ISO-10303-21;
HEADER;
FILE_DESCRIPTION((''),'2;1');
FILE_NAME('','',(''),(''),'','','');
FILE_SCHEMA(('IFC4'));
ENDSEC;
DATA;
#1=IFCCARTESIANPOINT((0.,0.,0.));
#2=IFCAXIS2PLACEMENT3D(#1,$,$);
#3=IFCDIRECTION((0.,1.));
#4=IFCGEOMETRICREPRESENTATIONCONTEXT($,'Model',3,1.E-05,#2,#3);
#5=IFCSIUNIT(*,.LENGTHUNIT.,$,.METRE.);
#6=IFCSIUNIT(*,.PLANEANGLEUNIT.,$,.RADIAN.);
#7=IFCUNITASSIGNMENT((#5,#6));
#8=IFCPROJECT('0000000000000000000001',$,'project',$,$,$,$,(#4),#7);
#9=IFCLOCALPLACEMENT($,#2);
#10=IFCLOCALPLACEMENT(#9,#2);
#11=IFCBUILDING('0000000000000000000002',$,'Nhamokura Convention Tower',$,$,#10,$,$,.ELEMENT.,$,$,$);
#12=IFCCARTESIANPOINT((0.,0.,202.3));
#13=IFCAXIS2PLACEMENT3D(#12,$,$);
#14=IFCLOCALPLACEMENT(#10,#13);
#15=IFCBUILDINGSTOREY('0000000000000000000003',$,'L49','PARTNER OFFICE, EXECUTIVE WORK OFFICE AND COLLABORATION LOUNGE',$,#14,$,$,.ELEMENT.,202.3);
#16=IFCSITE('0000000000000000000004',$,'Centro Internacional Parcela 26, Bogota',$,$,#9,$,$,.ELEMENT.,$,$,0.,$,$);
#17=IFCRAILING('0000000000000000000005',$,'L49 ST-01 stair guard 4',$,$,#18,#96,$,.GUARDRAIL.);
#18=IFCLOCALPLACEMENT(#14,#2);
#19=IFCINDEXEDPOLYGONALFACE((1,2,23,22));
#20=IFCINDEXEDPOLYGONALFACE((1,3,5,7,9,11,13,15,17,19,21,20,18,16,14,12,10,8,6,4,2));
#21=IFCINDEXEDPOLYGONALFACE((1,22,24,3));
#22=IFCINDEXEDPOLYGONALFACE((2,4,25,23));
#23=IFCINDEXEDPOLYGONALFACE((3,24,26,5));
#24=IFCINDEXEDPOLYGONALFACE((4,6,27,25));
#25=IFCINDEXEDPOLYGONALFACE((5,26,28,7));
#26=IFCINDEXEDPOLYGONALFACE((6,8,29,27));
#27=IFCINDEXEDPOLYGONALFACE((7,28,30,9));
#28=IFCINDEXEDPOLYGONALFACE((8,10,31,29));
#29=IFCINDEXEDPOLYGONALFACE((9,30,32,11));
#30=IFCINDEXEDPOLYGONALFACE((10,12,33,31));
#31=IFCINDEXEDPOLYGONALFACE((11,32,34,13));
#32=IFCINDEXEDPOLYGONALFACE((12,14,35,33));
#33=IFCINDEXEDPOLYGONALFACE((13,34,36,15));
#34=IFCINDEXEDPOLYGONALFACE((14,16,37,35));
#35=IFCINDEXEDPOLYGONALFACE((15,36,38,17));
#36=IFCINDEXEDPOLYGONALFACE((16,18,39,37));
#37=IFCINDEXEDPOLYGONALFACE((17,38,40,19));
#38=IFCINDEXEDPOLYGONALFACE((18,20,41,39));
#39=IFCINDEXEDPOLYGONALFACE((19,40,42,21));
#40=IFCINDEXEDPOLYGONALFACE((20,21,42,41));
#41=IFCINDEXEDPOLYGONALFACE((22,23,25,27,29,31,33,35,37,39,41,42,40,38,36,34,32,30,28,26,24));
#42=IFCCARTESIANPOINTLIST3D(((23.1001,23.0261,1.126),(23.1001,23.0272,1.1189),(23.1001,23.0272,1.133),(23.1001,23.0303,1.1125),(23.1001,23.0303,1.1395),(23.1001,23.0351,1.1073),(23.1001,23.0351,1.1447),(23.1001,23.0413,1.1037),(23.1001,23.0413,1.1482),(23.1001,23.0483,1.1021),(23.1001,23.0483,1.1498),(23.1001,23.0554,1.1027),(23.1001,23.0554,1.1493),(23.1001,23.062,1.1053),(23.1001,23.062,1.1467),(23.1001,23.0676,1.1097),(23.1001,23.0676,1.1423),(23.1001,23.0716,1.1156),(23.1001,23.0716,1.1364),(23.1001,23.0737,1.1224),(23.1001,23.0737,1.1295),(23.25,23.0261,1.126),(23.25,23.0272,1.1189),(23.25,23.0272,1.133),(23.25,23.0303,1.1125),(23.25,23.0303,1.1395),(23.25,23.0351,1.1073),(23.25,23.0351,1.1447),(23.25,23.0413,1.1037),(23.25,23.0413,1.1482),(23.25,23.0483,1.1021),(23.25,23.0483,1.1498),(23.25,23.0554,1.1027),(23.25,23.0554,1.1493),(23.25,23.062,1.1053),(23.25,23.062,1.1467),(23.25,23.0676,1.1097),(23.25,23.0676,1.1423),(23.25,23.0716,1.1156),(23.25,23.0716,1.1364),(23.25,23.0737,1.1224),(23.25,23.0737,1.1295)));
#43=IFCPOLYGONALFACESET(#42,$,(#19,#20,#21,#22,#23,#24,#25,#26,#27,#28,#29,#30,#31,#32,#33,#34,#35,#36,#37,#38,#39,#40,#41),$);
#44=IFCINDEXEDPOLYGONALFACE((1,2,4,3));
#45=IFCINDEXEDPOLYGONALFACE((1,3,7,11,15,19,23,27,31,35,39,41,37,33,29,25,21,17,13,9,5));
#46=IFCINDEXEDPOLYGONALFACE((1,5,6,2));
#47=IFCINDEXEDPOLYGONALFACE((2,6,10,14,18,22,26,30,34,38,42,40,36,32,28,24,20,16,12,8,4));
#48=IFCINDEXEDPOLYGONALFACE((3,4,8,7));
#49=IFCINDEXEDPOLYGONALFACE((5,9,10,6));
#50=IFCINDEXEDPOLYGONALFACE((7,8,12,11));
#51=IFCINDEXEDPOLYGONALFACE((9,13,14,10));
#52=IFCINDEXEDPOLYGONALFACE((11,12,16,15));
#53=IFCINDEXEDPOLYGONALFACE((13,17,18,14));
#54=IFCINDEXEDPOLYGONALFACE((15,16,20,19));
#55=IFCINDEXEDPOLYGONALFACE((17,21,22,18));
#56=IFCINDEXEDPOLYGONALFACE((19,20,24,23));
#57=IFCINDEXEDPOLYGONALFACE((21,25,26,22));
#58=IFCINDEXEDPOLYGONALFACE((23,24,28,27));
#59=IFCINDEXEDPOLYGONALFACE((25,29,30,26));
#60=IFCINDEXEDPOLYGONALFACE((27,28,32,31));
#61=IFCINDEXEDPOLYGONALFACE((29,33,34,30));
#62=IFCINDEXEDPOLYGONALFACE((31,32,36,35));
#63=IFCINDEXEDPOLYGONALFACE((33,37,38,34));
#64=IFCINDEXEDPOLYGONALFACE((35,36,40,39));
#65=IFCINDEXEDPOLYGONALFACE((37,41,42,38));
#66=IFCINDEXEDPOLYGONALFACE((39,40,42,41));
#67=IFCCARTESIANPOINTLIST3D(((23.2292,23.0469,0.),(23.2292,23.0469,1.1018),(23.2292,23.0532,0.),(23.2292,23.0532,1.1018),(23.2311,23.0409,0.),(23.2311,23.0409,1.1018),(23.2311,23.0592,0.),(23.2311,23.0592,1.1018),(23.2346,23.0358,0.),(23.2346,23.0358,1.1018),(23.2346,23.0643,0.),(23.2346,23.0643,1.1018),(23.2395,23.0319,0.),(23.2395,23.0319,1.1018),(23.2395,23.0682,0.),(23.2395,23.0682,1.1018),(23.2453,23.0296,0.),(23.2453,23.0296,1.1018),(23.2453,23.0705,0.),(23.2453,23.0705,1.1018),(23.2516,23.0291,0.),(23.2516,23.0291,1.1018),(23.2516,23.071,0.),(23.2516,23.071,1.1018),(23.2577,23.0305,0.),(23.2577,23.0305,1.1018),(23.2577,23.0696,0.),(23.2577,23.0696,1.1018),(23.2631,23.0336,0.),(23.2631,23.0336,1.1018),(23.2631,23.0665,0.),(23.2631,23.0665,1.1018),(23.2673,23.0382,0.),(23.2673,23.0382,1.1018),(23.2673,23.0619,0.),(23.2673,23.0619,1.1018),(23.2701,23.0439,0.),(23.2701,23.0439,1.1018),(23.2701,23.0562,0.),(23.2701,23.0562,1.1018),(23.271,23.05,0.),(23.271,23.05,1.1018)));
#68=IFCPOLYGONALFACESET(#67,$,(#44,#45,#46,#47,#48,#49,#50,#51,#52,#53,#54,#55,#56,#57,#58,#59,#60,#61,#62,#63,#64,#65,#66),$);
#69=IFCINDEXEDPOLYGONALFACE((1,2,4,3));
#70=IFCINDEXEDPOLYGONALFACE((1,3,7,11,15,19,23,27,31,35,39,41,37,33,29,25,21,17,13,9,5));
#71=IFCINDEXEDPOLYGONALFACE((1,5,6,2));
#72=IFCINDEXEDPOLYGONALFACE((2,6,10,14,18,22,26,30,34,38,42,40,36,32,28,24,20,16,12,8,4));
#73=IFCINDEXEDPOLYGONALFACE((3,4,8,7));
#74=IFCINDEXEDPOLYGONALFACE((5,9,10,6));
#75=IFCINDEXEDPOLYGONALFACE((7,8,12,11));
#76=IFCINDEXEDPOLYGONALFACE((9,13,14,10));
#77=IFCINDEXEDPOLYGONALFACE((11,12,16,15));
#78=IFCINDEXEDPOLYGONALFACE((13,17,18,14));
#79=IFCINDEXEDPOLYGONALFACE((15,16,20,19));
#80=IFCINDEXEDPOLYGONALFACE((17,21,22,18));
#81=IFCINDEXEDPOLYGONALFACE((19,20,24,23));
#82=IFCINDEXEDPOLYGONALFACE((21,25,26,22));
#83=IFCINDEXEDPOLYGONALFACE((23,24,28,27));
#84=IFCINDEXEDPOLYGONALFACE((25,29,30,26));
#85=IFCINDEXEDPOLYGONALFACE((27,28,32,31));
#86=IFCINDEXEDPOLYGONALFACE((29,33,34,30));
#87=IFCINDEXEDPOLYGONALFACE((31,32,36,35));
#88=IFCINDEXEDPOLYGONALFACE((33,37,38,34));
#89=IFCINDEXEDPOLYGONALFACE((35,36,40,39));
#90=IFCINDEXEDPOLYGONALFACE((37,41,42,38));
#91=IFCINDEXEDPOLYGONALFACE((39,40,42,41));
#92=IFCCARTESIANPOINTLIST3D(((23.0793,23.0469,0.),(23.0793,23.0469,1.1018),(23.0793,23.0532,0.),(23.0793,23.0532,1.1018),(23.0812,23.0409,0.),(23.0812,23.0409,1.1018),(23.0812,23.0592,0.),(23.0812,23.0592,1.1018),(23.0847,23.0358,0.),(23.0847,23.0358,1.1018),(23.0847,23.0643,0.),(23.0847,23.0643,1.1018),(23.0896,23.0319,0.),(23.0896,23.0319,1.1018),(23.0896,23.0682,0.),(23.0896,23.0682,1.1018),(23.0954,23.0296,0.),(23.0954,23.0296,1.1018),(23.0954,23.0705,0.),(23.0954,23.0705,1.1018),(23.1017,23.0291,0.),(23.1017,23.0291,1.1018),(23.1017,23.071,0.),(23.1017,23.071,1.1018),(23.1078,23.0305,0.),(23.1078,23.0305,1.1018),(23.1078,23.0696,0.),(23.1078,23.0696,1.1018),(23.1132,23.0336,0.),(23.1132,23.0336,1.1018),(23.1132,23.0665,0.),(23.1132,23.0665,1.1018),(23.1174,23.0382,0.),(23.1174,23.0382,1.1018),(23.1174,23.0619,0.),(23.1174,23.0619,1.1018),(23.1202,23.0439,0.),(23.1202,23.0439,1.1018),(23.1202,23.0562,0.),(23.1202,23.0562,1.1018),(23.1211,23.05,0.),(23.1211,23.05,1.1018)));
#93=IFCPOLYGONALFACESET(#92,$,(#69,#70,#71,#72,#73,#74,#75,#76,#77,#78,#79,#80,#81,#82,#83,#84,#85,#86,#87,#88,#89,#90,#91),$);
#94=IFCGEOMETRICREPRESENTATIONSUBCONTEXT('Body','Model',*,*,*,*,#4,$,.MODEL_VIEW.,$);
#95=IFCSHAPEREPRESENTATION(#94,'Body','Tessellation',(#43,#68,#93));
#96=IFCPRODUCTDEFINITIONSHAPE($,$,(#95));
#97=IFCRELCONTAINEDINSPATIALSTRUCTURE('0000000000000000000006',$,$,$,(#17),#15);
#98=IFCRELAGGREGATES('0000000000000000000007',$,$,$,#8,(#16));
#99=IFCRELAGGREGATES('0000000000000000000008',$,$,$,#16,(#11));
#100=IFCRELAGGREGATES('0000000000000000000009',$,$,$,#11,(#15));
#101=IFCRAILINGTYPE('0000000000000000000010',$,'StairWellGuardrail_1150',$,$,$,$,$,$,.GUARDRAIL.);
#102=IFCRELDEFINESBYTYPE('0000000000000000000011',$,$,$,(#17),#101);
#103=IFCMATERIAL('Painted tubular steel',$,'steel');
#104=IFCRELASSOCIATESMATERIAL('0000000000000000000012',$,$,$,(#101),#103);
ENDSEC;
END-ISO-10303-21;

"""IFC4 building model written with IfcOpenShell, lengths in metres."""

from ifc_helpers import new_model, si_unit, direction, frame, origin, origin_2d, place, context, subcontext, project, spatial, circle, extrude, material, type_object, element, save


model = new_model("IFC4")

# Units and contexts
model_context = context("Model", 3, precision=1e-05, world=origin(), true_north=direction((0.0, 1.0)))
body_context = subcontext(model_context, "Body", "Model", "MODEL_VIEW")
ifc_project = project(units=[si_unit("LENGTHUNIT", "METRE"), si_unit("PLANEANGLEUNIT", "RADIAN")], contexts=[model_context])

# Site, building, storey
site_placement = place(None, origin())
site = spatial("IfcSite", under=ifc_project, at=site_placement, Name="Centro Internacional Parcela 26, Bogota", CompositionType="ELEMENT", RefElevation=0.0)
building_placement = place(site_placement, origin())
building = spatial("IfcBuilding", under=site, at=building_placement, Name="Nhamokura Convention Tower", CompositionType="ELEMENT")
storey_placement = place(building_placement, frame((0.0, 0.0, 202.3)))
storey = spatial("IfcBuildingStorey", under=building, at=storey_placement, Name="L49", Description="PARTNER OFFICE, EXECUTIVE WORK OFFICE AND COLLABORATION LOUNGE", CompositionType="ELEMENT", Elevation=202.3)

# Railing
ifc_material_1 = material(Name="Painted tubular steel", Category="steel")
railing_type_1 = type_object("IfcRailingType", Name="StairWellGuardrail_1150", PredefinedType="GUARDRAIL", material=ifc_material_1)
railing_1_placement = place(storey_placement, frame((23.25, 23.05, 0.0)))
element("IfcRailing", 1, at=railing_1_placement, inside=storey, type_object=railing_type_1, Name="L49 ST-01 stair guard 4", PredefinedType="GUARDRAIL", context=body_context, shape_type="SweptSolid", body=[
    extrude(circle(Radius=0.0239, at=origin_2d()), frame((0.0, 0.0, 1.126), z_axis=(-1.0, 0.0, 0.0), x_axis=(0.0, -1.0, 0.0)), (0.0, 0.0, 1.0), 0.1499),
    extrude(circle(Radius=0.021, at=origin_2d()), origin(), (0.0, 0.0, 1.0), 1.1018),
    extrude(circle(Radius=0.021, at=origin_2d()), frame((-0.1499, 0.0, 0.0)), (0.0, 0.0, 1.0), 1.1018),
])

save(model, "model.ifc")
